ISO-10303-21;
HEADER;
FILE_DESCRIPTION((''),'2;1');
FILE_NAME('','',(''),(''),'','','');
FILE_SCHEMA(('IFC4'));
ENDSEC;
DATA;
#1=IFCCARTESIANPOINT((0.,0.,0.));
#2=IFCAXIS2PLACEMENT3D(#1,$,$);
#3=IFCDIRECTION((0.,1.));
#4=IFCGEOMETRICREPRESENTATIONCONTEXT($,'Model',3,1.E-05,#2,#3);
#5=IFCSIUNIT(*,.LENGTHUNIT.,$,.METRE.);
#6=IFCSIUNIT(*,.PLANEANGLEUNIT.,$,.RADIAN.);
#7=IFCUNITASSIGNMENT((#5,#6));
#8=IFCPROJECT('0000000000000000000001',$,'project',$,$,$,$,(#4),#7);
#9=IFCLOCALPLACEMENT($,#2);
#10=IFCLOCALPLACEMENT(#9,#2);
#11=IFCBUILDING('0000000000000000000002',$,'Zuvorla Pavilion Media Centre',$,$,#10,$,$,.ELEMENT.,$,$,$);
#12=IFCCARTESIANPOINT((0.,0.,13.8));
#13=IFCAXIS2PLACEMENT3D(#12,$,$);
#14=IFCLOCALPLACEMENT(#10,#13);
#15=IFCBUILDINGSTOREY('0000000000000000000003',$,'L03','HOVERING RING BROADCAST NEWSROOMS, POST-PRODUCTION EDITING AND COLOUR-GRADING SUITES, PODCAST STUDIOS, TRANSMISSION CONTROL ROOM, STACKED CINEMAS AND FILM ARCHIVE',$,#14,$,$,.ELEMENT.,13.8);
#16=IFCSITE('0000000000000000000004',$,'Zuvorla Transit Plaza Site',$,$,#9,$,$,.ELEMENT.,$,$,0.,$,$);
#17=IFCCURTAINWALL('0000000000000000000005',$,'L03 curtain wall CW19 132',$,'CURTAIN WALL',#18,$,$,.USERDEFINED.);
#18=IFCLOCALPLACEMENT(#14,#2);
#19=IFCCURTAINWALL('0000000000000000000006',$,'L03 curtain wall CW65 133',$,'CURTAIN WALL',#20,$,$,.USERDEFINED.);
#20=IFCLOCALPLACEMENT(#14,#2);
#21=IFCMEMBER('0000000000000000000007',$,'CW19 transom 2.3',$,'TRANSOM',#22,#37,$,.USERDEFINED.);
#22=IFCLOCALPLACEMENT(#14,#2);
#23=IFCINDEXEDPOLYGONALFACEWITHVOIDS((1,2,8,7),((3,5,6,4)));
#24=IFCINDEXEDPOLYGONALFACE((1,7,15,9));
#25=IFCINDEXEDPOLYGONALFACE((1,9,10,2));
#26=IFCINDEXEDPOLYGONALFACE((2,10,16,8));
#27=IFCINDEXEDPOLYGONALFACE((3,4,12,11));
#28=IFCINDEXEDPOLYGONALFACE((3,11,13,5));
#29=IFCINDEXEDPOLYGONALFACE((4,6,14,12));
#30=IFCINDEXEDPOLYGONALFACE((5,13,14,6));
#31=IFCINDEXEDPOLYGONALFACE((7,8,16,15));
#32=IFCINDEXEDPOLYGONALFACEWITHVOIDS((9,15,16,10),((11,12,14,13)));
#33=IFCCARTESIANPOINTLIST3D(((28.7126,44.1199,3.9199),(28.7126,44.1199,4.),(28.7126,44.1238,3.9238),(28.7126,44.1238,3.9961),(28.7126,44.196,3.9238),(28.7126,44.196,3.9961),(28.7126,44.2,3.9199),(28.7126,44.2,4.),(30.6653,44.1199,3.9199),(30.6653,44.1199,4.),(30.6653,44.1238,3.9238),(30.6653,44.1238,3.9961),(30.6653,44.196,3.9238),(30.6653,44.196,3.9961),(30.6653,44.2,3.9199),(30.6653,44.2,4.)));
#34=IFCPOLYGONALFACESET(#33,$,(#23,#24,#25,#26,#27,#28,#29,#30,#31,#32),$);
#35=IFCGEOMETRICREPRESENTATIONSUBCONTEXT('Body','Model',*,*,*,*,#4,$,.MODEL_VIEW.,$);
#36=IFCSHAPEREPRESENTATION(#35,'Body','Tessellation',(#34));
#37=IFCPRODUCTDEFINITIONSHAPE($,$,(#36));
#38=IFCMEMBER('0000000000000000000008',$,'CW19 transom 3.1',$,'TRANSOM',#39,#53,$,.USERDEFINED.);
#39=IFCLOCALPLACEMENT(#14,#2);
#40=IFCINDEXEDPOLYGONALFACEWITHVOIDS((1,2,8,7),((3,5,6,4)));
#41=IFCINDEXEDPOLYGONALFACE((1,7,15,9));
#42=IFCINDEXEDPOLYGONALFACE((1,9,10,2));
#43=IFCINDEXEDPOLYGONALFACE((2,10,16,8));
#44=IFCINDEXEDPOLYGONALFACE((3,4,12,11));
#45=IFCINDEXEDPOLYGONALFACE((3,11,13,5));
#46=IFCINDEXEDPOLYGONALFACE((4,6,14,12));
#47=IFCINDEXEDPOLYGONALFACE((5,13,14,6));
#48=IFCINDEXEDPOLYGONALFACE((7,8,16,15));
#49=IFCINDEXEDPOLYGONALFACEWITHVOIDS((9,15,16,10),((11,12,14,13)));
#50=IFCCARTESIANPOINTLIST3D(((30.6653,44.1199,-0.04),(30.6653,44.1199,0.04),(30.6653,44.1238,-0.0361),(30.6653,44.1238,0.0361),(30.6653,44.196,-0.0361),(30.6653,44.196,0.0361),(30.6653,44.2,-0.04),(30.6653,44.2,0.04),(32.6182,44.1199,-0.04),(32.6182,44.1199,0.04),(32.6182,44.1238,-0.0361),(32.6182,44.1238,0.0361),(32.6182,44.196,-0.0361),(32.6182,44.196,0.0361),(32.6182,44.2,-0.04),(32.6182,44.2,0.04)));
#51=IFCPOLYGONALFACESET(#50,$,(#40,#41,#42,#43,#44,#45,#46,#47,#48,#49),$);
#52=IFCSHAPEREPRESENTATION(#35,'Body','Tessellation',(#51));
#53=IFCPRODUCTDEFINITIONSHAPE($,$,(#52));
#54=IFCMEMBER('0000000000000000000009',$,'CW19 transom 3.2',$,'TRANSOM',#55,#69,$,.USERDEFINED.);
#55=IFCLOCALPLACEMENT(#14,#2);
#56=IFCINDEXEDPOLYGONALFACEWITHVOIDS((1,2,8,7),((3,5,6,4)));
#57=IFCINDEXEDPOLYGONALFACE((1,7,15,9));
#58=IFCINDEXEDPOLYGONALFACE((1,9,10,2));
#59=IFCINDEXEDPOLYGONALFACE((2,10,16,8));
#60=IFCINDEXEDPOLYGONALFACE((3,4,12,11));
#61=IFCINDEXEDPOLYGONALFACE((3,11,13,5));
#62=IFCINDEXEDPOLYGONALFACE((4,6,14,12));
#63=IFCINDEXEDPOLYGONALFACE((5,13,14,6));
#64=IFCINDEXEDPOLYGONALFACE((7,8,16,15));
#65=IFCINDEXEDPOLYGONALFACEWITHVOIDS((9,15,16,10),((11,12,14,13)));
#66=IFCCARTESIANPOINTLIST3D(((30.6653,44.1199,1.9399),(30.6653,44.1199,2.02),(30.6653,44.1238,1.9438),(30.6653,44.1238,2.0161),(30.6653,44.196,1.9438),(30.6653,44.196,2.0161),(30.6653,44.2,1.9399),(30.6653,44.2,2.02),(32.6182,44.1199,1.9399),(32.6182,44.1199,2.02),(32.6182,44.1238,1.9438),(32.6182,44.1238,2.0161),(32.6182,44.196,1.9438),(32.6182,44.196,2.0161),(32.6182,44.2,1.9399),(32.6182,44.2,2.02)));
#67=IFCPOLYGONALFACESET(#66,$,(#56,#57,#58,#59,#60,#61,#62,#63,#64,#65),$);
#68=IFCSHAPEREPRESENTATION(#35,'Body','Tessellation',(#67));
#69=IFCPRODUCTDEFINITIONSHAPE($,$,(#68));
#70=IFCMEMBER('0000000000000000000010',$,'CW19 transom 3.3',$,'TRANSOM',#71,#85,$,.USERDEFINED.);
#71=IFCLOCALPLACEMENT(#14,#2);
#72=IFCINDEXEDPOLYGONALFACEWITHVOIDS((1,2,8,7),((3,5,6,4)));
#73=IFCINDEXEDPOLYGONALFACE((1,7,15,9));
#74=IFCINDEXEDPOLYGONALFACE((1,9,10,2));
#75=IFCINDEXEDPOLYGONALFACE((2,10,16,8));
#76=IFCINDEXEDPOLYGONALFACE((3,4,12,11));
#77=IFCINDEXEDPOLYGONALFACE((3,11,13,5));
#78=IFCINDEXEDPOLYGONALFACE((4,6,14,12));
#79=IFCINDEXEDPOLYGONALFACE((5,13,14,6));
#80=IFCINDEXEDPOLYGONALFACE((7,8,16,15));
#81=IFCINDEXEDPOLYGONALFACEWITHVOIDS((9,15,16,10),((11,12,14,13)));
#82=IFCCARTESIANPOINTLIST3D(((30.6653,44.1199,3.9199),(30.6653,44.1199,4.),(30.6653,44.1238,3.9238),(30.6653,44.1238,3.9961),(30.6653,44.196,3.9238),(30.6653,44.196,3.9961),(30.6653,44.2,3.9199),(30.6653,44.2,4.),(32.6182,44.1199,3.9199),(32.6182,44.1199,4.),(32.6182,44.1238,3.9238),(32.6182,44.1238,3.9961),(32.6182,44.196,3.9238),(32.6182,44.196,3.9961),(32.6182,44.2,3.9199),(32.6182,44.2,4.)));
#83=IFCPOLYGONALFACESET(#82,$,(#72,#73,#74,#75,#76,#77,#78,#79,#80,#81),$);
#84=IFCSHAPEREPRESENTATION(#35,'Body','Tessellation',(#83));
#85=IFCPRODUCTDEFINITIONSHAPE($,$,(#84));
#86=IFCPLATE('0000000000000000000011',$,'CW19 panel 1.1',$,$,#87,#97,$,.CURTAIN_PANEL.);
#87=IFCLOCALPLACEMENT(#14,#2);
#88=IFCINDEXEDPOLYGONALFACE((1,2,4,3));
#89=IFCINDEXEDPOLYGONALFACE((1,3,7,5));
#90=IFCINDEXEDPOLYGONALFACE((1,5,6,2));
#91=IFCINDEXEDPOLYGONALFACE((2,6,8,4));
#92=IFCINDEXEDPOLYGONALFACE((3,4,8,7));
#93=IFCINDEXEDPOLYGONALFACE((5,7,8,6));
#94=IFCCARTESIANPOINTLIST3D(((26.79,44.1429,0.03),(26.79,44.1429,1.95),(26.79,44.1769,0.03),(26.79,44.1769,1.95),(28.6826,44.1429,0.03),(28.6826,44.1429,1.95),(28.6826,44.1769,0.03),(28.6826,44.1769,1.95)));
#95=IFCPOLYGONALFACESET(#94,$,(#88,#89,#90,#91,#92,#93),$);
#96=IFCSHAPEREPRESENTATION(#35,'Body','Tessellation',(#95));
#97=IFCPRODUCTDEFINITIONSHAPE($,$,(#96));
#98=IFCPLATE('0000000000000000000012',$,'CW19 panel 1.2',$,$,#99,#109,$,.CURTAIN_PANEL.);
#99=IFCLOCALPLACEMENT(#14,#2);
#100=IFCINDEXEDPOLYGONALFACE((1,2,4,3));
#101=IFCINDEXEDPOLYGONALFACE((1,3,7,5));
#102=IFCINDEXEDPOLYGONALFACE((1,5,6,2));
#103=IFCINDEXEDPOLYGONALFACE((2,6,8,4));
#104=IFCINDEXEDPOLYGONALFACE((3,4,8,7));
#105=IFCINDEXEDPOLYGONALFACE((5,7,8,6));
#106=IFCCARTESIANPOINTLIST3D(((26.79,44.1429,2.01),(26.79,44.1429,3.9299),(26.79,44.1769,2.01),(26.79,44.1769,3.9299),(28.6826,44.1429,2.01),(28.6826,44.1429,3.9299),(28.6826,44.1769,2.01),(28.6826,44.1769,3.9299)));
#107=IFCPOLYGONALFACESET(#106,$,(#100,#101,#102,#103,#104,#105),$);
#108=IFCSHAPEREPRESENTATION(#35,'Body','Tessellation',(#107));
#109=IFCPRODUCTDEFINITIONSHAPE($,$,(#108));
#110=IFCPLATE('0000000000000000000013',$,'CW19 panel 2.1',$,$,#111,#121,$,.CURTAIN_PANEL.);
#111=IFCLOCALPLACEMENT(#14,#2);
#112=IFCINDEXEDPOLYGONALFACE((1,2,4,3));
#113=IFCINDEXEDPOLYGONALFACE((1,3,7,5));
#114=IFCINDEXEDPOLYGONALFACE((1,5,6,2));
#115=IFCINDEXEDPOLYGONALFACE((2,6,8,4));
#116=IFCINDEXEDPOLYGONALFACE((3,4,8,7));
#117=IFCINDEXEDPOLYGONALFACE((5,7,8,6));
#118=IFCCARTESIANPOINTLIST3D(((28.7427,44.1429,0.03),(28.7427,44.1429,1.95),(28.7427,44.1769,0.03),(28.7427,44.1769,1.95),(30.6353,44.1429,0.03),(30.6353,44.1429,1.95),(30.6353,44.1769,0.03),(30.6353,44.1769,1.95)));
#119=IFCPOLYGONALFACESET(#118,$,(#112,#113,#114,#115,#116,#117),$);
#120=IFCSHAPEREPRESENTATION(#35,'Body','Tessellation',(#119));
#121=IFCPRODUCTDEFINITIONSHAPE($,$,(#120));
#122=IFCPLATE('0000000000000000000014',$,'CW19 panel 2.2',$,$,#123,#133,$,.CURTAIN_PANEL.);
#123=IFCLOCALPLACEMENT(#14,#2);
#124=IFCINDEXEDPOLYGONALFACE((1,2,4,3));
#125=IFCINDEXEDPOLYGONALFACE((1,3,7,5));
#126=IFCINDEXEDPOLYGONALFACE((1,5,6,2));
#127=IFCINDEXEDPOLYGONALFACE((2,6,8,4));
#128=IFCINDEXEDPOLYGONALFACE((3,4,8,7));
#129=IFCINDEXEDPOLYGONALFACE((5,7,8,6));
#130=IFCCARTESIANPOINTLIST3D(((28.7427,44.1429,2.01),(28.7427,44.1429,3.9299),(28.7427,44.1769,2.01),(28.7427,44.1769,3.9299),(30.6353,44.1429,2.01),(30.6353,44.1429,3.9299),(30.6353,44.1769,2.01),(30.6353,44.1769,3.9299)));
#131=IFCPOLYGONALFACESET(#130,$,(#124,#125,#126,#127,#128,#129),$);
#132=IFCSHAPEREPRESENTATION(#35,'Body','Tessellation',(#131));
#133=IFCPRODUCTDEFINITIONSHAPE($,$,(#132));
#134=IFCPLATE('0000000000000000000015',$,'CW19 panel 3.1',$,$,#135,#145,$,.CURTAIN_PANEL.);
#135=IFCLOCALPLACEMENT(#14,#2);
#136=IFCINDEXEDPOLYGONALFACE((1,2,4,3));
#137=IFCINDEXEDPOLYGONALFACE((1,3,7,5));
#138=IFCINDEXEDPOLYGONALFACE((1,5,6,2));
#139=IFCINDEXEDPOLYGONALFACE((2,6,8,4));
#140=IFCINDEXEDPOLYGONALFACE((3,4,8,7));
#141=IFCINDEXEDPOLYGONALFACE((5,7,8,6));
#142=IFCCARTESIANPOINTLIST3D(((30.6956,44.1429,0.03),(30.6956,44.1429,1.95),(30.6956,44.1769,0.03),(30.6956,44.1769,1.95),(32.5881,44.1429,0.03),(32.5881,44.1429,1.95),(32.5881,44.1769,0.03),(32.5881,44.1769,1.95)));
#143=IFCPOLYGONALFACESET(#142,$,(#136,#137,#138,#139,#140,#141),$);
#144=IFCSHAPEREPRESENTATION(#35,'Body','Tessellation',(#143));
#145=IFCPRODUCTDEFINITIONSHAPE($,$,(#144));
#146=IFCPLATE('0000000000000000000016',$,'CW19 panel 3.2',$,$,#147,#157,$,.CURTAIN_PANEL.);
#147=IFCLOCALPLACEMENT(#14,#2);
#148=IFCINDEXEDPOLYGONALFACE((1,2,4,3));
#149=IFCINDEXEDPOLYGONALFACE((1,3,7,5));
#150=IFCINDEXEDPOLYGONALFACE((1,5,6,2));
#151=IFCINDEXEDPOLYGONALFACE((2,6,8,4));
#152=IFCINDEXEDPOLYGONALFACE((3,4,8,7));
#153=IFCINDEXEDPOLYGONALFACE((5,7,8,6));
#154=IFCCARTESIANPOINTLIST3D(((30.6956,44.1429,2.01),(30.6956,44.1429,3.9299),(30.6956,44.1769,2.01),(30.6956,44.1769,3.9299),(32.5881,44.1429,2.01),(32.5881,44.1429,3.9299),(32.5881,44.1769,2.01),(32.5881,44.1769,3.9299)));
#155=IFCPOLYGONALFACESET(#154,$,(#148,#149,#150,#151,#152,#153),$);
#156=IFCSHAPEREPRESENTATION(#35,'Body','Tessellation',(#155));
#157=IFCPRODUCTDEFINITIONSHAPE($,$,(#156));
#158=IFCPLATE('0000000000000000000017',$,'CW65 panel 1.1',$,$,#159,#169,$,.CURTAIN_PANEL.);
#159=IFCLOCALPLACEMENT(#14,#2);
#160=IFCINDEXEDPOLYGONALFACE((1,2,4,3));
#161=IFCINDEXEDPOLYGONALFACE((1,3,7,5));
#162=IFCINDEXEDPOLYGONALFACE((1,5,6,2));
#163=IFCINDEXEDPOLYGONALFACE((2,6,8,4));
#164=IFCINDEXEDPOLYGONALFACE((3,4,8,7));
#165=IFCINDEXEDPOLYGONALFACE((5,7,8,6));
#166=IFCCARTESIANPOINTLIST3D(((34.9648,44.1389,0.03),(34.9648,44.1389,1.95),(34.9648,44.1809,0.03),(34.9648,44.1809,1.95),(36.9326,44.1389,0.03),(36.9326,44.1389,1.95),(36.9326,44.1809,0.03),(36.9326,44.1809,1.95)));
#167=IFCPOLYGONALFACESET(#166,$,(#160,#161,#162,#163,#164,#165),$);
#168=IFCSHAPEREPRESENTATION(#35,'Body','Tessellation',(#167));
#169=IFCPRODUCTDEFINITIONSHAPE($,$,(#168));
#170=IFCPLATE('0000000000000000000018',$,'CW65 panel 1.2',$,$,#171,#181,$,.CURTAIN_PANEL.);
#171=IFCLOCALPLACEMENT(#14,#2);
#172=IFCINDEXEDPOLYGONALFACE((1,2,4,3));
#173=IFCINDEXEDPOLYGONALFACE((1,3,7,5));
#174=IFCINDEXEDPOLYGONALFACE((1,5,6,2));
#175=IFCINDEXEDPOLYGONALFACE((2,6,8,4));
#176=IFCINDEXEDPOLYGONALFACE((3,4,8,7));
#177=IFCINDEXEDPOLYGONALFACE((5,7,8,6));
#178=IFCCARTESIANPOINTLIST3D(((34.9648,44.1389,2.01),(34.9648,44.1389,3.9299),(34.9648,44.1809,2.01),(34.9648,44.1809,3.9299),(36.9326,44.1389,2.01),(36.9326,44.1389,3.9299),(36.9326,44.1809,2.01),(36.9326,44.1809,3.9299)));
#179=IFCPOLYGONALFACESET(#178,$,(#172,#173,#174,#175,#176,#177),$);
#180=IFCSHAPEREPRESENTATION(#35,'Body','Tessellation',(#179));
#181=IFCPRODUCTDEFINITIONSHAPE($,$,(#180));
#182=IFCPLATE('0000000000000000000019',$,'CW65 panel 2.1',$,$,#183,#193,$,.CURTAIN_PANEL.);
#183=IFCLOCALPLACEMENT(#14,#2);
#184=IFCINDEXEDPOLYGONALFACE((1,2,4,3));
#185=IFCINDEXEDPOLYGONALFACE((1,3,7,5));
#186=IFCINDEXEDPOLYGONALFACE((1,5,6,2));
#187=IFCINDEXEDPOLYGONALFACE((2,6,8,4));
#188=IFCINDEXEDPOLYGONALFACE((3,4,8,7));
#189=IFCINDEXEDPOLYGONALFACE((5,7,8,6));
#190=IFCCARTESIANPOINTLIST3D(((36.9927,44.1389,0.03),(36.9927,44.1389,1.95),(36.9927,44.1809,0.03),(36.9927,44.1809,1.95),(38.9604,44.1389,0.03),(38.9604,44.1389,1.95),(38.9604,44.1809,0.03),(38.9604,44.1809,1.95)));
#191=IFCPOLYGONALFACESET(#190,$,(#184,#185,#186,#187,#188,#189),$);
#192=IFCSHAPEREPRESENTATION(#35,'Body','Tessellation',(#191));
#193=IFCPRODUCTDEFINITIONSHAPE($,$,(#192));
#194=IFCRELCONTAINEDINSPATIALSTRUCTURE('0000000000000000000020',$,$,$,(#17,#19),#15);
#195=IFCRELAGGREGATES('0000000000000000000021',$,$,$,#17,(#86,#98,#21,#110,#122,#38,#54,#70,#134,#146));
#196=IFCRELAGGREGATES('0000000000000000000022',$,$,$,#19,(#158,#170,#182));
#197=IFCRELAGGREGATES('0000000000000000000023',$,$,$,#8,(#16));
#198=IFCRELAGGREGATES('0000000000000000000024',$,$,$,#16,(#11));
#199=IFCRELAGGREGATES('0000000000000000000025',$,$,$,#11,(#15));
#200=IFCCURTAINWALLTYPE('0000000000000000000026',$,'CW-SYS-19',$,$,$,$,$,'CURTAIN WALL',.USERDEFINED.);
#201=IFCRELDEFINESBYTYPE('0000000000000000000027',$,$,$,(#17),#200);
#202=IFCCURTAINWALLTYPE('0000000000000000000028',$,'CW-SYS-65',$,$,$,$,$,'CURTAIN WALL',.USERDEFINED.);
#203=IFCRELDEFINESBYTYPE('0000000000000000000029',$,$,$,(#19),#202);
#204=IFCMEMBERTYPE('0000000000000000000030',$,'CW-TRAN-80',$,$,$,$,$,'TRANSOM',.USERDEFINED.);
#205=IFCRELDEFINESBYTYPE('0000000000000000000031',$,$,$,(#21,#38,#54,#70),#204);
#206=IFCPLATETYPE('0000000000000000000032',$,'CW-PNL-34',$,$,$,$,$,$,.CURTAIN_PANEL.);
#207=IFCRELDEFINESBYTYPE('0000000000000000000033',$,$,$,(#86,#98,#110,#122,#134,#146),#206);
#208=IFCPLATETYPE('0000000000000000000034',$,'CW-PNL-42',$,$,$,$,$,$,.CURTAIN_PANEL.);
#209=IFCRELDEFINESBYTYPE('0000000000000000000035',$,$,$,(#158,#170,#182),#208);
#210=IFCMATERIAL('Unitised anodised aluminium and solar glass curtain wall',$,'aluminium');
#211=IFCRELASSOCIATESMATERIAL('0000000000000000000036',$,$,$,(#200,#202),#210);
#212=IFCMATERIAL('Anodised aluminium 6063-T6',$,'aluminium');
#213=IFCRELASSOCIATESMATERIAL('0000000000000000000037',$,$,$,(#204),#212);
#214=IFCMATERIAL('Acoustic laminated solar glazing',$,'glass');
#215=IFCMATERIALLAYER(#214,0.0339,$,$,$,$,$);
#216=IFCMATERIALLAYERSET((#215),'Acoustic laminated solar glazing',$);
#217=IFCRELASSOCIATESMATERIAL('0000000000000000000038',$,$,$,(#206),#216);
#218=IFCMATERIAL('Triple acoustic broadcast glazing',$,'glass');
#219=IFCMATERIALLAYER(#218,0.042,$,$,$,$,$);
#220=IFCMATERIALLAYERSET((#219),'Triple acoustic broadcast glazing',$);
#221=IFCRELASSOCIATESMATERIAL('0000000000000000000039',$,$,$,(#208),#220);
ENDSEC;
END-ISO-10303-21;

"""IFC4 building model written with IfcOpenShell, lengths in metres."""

from ifc_helpers import new_model, si_unit, direction, frame, origin, origin_2d, place, context, subcontext, project, spatial, rectangle, hollow_rectangle, extrude, material, layer, layer_set, material_profile, profile_set, type_object, element, aggregate, save


model = new_model("IFC4")

# Units and contexts
model_context = context("Model", 3, precision=1e-05, world=origin(), true_north=direction((0.0, 1.0)))
body_context = subcontext(model_context, "Body", "Model", "MODEL_VIEW")
ifc_project = project(units=[si_unit("LENGTHUNIT", "METRE"), si_unit("PLANEANGLEUNIT", "RADIAN")], contexts=[model_context])

# Site, building, storey
site_placement = place(None, origin())
site = spatial("IfcSite", under=ifc_project, at=site_placement, Name="Zuvorla Transit Plaza Site", CompositionType="ELEMENT", RefElevation=0.0)
building_placement = place(site_placement, origin())
building = spatial("IfcBuilding", under=site, at=building_placement, Name="Zuvorla Pavilion Media Centre", CompositionType="ELEMENT")
storey_placement = place(building_placement, frame((0.0, 0.0, 13.8)))
storey = spatial("IfcBuildingStorey", under=building, at=storey_placement, Name="L03", Description="HOVERING RING BROADCAST NEWSROOMS, POST-PRODUCTION EDITING AND COLOUR-GRADING SUITES, PODCAST STUDIOS, TRANSMISSION CONTROL ROOM, STACKED CINEMAS AND FILM ARCHIVE", CompositionType="ELEMENT", Elevation=13.8)

# Curtain walls
ifc_material_1 = material(Name="Unitised anodised aluminium and solar glass curtain wall", Category="aluminium")
curtain_wall_type_1 = type_object("IfcCurtainWallType", Name="CW-SYS-19", ElementType="CURTAIN WALL", PredefinedType="USERDEFINED", material=ifc_material_1)
curtain_wall_1_placement = place(storey_placement, origin())
curtain_wall_1 = element("IfcCurtainWall", 1, at=curtain_wall_1_placement, inside=storey, type_object=curtain_wall_type_1, Name="L03 curtain wall CW19 132", ObjectType="CURTAIN WALL", PredefinedType="USERDEFINED")
ifc_material_2 = material(Name="Anodised aluminium 6063-T6", Category="aluminium")
curtain_wall_type_2 = type_object("IfcCurtainWallType", Name="CW-SYS-65", ElementType="CURTAIN WALL", PredefinedType="USERDEFINED", material=ifc_material_1)
curtain_wall_2_placement = place(storey_placement, origin())
curtain_wall_2 = element("IfcCurtainWall", 2, at=curtain_wall_2_placement, inside=storey, type_object=curtain_wall_type_2, Name="L03 curtain wall CW65 133", ObjectType="CURTAIN WALL", PredefinedType="USERDEFINED")

# Members
ifc_material_profile_1 = material_profile(ifc_material_2, hollow_rectangle(XDim=0.0801, YDim=0.0801, WallThickness=0.0039, at=origin_2d()), Name="ALU TRAN 80x80")
ifc_profile_set_1 = profile_set([ifc_material_profile_1], Name="Anodised aluminium 6063-T6")
member_type_1 = type_object("IfcMemberType", Name="CW-TRAN-80", ElementType="TRANSOM", PredefinedType="USERDEFINED", material=ifc_profile_set_1)
member_1_placement = place(storey_placement, frame((28.7126, 44.1599, 3.96), z_axis=(1.0, 0.0, 0.0), x_axis=(0.0, 1.0, 0.0)))
member_1 = element("IfcMember", 3, at=member_1_placement, type_object=member_type_1, Name="CW19 transom 2.3", ObjectType="TRANSOM", PredefinedType="USERDEFINED", context=body_context, shape_type="SweptSolid", body=[
    extrude(hollow_rectangle(XDim=0.0801, YDim=0.0801, WallThickness=0.0039, at=origin_2d()), origin(), (0.0, 0.0, 1.0), 1.9526),
])
member_2_placement = place(storey_placement, frame((30.6653, 44.1599, 0.0), z_axis=(1.0, 0.0, 0.0), x_axis=(0.0, 1.0, 0.0)))
member_2 = element("IfcMember", 4, at=member_2_placement, type_object=member_type_1, Name="CW19 transom 3.1", ObjectType="TRANSOM", PredefinedType="USERDEFINED", context=body_context, shape_type="SweptSolid", body=[
    extrude(hollow_rectangle(XDim=0.0801, YDim=0.0801, WallThickness=0.0039, at=origin_2d()), origin(), (0.0, 0.0, 1.0), 1.9529),
])
member_3_placement = place(storey_placement, frame((30.6653, 44.1599, 1.98), z_axis=(1.0, 0.0, 0.0), x_axis=(0.0, 1.0, 0.0)))
member_3 = element("IfcMember", 5, at=member_3_placement, type_object=member_type_1, Name="CW19 transom 3.2", ObjectType="TRANSOM", PredefinedType="USERDEFINED", context=body_context, shape_type="SweptSolid", body=[
    extrude(hollow_rectangle(XDim=0.0801, YDim=0.0801, WallThickness=0.0039, at=origin_2d()), origin(), (0.0, 0.0, 1.0), 1.9529),
])
member_4_placement = place(storey_placement, frame((30.6653, 44.1599, 3.96), z_axis=(1.0, 0.0, 0.0), x_axis=(0.0, 1.0, 0.0)))
member_4 = element("IfcMember", 6, at=member_4_placement, type_object=member_type_1, Name="CW19 transom 3.3", ObjectType="TRANSOM", PredefinedType="USERDEFINED", context=body_context, shape_type="SweptSolid", body=[
    extrude(hollow_rectangle(XDim=0.0801, YDim=0.0801, WallThickness=0.0039, at=origin_2d()), origin(), (0.0, 0.0, 1.0), 1.9529),
])

# Plates
ifc_material_3 = material(Name="Acoustic laminated solar glazing", Category="glass")
ifc_layer_1 = layer(ifc_material_3, 0.0339)
ifc_layer_set_1 = layer_set([ifc_layer_1], Name="Acoustic laminated solar glazing")
plate_type_1 = type_object("IfcPlateType", Name="CW-PNL-34", PredefinedType="CURTAIN_PANEL", material=ifc_layer_set_1)
plate_1_placement = place(storey_placement, frame((27.7363, 44.1599, 0.03), z_axis=(0.0, 0.0, 1.0), x_axis=(1.0, 0.0, 0.0)))
plate_1 = element("IfcPlate", 7, at=plate_1_placement, type_object=plate_type_1, Name="CW19 panel 1.1", PredefinedType="CURTAIN_PANEL", context=body_context, shape_type="SweptSolid", body=[
    extrude(rectangle(XDim=1.8926, YDim=0.0339, at=origin_2d()), origin(), (0.0, 0.0, 1.0), 1.9199),
])
plate_2_placement = place(storey_placement, frame((27.7363, 44.1599, 2.01), z_axis=(0.0, 0.0, 1.0), x_axis=(1.0, 0.0, 0.0)))
plate_2 = element("IfcPlate", 8, at=plate_2_placement, type_object=plate_type_1, Name="CW19 panel 1.2", PredefinedType="CURTAIN_PANEL", context=body_context, shape_type="SweptSolid", body=[
    extrude(rectangle(XDim=1.8926, YDim=0.0339, at=origin_2d()), origin(), (0.0, 0.0, 1.0), 1.9199),
])
plate_3_placement = place(storey_placement, frame((29.689, 44.1599, 0.03), z_axis=(0.0, 0.0, 1.0), x_axis=(1.0, 0.0, 0.0)))
plate_3 = element("IfcPlate", 9, at=plate_3_placement, type_object=plate_type_1, Name="CW19 panel 2.1", PredefinedType="CURTAIN_PANEL", context=body_context, shape_type="SweptSolid", body=[
    extrude(rectangle(XDim=1.8926, YDim=0.0339, at=origin_2d()), origin(), (0.0, 0.0, 1.0), 1.9199),
])
plate_4_placement = place(storey_placement, frame((29.689, 44.1599, 2.01), z_axis=(0.0, 0.0, 1.0), x_axis=(1.0, 0.0, 0.0)))
plate_4 = element("IfcPlate", 10, at=plate_4_placement, type_object=plate_type_1, Name="CW19 panel 2.2", PredefinedType="CURTAIN_PANEL", context=body_context, shape_type="SweptSolid", body=[
    extrude(rectangle(XDim=1.8926, YDim=0.0339, at=origin_2d()), origin(), (0.0, 0.0, 1.0), 1.9199),
])
plate_5_placement = place(storey_placement, frame((31.6418, 44.1599, 0.03), z_axis=(0.0, 0.0, 1.0), x_axis=(1.0, 0.0, 0.0)))
plate_5 = element("IfcPlate", 11, at=plate_5_placement, type_object=plate_type_1, Name="CW19 panel 3.1", PredefinedType="CURTAIN_PANEL", context=body_context, shape_type="SweptSolid", body=[
    extrude(rectangle(XDim=1.8926, YDim=0.0339, at=origin_2d()), origin(), (0.0, 0.0, 1.0), 1.9199),
])
plate_6_placement = place(storey_placement, frame((31.6418, 44.1599, 2.01), z_axis=(0.0, 0.0, 1.0), x_axis=(1.0, 0.0, 0.0)))
plate_6 = element("IfcPlate", 12, at=plate_6_placement, type_object=plate_type_1, Name="CW19 panel 3.2", PredefinedType="CURTAIN_PANEL", context=body_context, shape_type="SweptSolid", body=[
    extrude(rectangle(XDim=1.8926, YDim=0.0339, at=origin_2d()), origin(), (0.0, 0.0, 1.0), 1.9199),
])
aggregate(curtain_wall_1, [plate_1, plate_2, member_1, plate_3, plate_4, member_2, member_3, member_4, plate_5, plate_6])
ifc_material_4 = material(Name="Triple acoustic broadcast glazing", Category="glass")
ifc_layer_2 = layer(ifc_material_4, 0.042)
ifc_layer_set_2 = layer_set([ifc_layer_2], Name="Triple acoustic broadcast glazing")
plate_type_2 = type_object("IfcPlateType", Name="CW-PNL-42", PredefinedType="CURTAIN_PANEL", material=ifc_layer_set_2)
plate_7_placement = place(storey_placement, frame((35.9487, 44.1599, 0.03), z_axis=(0.0, 0.0, 1.0), x_axis=(1.0, 0.0, 0.0)))
plate_7 = element("IfcPlate", 13, at=plate_7_placement, type_object=plate_type_2, Name="CW65 panel 1.1", PredefinedType="CURTAIN_PANEL", context=body_context, shape_type="SweptSolid", body=[
    extrude(rectangle(XDim=1.9678, YDim=0.042, at=origin_2d()), origin(), (0.0, 0.0, 1.0), 1.9199),
])
plate_8_placement = place(storey_placement, frame((35.9487, 44.1599, 2.01), z_axis=(0.0, 0.0, 1.0), x_axis=(1.0, 0.0, 0.0)))
plate_8 = element("IfcPlate", 14, at=plate_8_placement, type_object=plate_type_2, Name="CW65 panel 1.2", PredefinedType="CURTAIN_PANEL", context=body_context, shape_type="SweptSolid", body=[
    extrude(rectangle(XDim=1.9678, YDim=0.042, at=origin_2d()), origin(), (0.0, 0.0, 1.0), 1.9199),
])
plate_9_placement = place(storey_placement, frame((37.9766, 44.1599, 0.03), z_axis=(0.0, 0.0, 1.0), x_axis=(1.0, 0.0, 0.0)))
plate_9 = element("IfcPlate", 15, at=plate_9_placement, type_object=plate_type_2, Name="CW65 panel 2.1", PredefinedType="CURTAIN_PANEL", context=body_context, shape_type="SweptSolid", body=[
    extrude(rectangle(XDim=1.9678, YDim=0.042, at=origin_2d()), origin(), (0.0, 0.0, 1.0), 1.9199),
])
aggregate(curtain_wall_2, [plate_7, plate_8, plate_9])

save(model, "model.ifc")
